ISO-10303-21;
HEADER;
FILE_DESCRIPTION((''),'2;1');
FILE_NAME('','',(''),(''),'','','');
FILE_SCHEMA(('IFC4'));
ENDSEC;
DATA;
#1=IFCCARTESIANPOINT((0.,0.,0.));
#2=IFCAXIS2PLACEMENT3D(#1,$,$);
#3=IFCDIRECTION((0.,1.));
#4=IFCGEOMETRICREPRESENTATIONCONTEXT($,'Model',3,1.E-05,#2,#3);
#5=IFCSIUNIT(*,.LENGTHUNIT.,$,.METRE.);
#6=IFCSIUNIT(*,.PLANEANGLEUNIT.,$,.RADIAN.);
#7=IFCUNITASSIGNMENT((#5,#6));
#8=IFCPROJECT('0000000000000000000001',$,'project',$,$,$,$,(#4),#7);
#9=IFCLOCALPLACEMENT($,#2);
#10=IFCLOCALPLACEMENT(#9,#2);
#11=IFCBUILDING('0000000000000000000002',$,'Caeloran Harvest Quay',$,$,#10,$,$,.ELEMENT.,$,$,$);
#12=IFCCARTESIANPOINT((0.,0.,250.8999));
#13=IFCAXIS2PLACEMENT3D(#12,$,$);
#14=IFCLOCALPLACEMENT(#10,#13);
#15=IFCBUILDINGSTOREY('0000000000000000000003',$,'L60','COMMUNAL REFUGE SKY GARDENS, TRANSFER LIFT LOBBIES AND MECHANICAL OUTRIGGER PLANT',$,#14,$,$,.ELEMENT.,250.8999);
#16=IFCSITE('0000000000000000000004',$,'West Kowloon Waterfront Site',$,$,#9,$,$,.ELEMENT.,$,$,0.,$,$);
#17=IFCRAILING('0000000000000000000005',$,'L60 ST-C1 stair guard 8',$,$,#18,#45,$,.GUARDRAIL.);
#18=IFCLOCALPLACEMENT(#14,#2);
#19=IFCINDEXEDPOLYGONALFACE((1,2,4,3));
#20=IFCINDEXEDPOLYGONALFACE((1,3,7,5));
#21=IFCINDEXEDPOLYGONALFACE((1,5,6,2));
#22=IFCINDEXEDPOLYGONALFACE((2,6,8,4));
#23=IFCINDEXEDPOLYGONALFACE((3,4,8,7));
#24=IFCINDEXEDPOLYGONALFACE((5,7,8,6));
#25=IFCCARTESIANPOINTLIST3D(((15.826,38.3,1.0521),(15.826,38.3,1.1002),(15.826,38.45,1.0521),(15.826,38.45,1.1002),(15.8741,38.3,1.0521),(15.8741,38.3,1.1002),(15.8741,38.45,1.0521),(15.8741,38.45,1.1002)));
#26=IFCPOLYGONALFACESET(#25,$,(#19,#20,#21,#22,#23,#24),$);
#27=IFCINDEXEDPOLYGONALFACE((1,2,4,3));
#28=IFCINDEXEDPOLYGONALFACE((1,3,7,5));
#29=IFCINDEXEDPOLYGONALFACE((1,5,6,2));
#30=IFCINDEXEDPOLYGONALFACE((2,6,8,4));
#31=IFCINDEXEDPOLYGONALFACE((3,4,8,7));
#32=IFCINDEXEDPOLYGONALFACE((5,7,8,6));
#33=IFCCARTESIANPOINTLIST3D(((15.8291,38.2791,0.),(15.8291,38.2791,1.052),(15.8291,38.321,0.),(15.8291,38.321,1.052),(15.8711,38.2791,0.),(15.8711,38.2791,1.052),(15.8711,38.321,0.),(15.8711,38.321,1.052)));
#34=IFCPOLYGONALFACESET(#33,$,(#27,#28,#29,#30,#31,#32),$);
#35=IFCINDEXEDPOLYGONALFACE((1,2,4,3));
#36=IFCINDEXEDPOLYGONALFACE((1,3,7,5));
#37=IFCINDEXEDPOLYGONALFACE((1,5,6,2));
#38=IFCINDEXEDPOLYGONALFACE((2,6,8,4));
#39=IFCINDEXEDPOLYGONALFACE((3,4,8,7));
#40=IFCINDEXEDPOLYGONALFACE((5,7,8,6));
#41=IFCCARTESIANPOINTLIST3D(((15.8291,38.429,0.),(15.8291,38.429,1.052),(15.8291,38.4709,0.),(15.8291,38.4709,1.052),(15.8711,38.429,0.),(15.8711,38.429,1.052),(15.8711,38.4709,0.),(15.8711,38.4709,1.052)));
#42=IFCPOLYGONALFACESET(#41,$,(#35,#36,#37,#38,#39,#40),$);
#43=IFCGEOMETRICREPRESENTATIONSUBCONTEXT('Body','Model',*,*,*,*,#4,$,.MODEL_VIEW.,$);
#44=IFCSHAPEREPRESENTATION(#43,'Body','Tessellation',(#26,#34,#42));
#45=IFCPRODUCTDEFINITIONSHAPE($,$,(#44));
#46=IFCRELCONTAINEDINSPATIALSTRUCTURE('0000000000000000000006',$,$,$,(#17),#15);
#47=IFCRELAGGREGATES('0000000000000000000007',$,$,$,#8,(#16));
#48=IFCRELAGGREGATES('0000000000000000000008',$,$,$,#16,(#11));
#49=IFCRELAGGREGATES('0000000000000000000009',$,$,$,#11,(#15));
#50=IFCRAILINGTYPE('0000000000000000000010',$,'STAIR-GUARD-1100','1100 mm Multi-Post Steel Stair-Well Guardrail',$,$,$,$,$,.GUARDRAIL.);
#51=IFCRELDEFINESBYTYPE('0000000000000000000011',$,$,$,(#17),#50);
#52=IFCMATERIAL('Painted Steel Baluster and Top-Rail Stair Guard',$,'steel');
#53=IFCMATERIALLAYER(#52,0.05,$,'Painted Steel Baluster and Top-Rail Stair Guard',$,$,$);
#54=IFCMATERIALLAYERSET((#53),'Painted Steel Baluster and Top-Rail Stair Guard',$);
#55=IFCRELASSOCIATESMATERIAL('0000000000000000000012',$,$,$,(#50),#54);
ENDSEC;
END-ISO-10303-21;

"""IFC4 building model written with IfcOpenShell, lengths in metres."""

from ifc_helpers import new_model, si_unit, direction, frame, origin, origin_2d, place, context, subcontext, project, spatial, rectangle, extrude, material, layer, layer_set, type_object, element, save


model = new_model("IFC4")

# Units and contexts
model_context = context("Model", 3, precision=1e-05, world=origin(), true_north=direction((0.0, 1.0)))
body_context = subcontext(model_context, "Body", "Model", "MODEL_VIEW")
ifc_project = project(units=[si_unit("LENGTHUNIT", "METRE"), si_unit("PLANEANGLEUNIT", "RADIAN")], contexts=[model_context])

# Site, building, storey
site_placement = place(None, origin())
site = spatial("IfcSite", under=ifc_project, at=site_placement, Name="West Kowloon Waterfront Site", CompositionType="ELEMENT", RefElevation=0.0)
building_placement = place(site_placement, origin())
building = spatial("IfcBuilding", under=site, at=building_placement, Name="Caeloran Harvest Quay", CompositionType="ELEMENT")
storey_placement = place(building_placement, frame((0.0, 0.0, 250.8999)))
storey = spatial("IfcBuildingStorey", under=building, at=storey_placement, Name="L60", Description="COMMUNAL REFUGE SKY GARDENS, TRANSFER LIFT LOBBIES AND MECHANICAL OUTRIGGER PLANT", CompositionType="ELEMENT", Elevation=250.8999)

# Railing
ifc_material_1 = material(Name="Painted Steel Baluster and Top-Rail Stair Guard", Category="steel")
ifc_layer_1 = layer(ifc_material_1, 0.05, Name="Painted Steel Baluster and Top-Rail Stair Guard")
ifc_layer_set_1 = layer_set([ifc_layer_1], Name="Painted Steel Baluster and Top-Rail Stair Guard")
railing_type_1 = type_object("IfcRailingType", Name="STAIR-GUARD-1100", Description="1100 mm Multi-Post Steel Stair-Well Guardrail", PredefinedType="GUARDRAIL", material=ifc_layer_set_1)
for number, where, name in (
    (1, (15.8501, 38.3, 0.0), "L60 ST-C1 stair guard 8"),
):
    element("IfcRailing", number, at=place(storey_placement, frame(where)), inside=storey, type_object=railing_type_1, Name=name, PredefinedType="GUARDRAIL", context=body_context, shape_type="SweptSolid", body=[
        extrude(rectangle(XDim=0.0481, YDim=0.0481, at=origin_2d()), frame((0.0, 0.0, 1.0762), z_axis=(0.0, 1.0, 0.0), x_axis=(-1.0, 0.0, 0.0)), (0.0, 0.0, 1.0), 0.1499),
        extrude(rectangle(XDim=0.042, YDim=0.042, at=origin_2d()), origin(), (0.0, 0.0, 1.0), 1.052),
        extrude(rectangle(XDim=0.042, YDim=0.042, at=origin_2d()), frame((0.0, 0.1499, 0.0)), (0.0, 0.0, 1.0), 1.052),
    ])

save(model, "model.ifc")
